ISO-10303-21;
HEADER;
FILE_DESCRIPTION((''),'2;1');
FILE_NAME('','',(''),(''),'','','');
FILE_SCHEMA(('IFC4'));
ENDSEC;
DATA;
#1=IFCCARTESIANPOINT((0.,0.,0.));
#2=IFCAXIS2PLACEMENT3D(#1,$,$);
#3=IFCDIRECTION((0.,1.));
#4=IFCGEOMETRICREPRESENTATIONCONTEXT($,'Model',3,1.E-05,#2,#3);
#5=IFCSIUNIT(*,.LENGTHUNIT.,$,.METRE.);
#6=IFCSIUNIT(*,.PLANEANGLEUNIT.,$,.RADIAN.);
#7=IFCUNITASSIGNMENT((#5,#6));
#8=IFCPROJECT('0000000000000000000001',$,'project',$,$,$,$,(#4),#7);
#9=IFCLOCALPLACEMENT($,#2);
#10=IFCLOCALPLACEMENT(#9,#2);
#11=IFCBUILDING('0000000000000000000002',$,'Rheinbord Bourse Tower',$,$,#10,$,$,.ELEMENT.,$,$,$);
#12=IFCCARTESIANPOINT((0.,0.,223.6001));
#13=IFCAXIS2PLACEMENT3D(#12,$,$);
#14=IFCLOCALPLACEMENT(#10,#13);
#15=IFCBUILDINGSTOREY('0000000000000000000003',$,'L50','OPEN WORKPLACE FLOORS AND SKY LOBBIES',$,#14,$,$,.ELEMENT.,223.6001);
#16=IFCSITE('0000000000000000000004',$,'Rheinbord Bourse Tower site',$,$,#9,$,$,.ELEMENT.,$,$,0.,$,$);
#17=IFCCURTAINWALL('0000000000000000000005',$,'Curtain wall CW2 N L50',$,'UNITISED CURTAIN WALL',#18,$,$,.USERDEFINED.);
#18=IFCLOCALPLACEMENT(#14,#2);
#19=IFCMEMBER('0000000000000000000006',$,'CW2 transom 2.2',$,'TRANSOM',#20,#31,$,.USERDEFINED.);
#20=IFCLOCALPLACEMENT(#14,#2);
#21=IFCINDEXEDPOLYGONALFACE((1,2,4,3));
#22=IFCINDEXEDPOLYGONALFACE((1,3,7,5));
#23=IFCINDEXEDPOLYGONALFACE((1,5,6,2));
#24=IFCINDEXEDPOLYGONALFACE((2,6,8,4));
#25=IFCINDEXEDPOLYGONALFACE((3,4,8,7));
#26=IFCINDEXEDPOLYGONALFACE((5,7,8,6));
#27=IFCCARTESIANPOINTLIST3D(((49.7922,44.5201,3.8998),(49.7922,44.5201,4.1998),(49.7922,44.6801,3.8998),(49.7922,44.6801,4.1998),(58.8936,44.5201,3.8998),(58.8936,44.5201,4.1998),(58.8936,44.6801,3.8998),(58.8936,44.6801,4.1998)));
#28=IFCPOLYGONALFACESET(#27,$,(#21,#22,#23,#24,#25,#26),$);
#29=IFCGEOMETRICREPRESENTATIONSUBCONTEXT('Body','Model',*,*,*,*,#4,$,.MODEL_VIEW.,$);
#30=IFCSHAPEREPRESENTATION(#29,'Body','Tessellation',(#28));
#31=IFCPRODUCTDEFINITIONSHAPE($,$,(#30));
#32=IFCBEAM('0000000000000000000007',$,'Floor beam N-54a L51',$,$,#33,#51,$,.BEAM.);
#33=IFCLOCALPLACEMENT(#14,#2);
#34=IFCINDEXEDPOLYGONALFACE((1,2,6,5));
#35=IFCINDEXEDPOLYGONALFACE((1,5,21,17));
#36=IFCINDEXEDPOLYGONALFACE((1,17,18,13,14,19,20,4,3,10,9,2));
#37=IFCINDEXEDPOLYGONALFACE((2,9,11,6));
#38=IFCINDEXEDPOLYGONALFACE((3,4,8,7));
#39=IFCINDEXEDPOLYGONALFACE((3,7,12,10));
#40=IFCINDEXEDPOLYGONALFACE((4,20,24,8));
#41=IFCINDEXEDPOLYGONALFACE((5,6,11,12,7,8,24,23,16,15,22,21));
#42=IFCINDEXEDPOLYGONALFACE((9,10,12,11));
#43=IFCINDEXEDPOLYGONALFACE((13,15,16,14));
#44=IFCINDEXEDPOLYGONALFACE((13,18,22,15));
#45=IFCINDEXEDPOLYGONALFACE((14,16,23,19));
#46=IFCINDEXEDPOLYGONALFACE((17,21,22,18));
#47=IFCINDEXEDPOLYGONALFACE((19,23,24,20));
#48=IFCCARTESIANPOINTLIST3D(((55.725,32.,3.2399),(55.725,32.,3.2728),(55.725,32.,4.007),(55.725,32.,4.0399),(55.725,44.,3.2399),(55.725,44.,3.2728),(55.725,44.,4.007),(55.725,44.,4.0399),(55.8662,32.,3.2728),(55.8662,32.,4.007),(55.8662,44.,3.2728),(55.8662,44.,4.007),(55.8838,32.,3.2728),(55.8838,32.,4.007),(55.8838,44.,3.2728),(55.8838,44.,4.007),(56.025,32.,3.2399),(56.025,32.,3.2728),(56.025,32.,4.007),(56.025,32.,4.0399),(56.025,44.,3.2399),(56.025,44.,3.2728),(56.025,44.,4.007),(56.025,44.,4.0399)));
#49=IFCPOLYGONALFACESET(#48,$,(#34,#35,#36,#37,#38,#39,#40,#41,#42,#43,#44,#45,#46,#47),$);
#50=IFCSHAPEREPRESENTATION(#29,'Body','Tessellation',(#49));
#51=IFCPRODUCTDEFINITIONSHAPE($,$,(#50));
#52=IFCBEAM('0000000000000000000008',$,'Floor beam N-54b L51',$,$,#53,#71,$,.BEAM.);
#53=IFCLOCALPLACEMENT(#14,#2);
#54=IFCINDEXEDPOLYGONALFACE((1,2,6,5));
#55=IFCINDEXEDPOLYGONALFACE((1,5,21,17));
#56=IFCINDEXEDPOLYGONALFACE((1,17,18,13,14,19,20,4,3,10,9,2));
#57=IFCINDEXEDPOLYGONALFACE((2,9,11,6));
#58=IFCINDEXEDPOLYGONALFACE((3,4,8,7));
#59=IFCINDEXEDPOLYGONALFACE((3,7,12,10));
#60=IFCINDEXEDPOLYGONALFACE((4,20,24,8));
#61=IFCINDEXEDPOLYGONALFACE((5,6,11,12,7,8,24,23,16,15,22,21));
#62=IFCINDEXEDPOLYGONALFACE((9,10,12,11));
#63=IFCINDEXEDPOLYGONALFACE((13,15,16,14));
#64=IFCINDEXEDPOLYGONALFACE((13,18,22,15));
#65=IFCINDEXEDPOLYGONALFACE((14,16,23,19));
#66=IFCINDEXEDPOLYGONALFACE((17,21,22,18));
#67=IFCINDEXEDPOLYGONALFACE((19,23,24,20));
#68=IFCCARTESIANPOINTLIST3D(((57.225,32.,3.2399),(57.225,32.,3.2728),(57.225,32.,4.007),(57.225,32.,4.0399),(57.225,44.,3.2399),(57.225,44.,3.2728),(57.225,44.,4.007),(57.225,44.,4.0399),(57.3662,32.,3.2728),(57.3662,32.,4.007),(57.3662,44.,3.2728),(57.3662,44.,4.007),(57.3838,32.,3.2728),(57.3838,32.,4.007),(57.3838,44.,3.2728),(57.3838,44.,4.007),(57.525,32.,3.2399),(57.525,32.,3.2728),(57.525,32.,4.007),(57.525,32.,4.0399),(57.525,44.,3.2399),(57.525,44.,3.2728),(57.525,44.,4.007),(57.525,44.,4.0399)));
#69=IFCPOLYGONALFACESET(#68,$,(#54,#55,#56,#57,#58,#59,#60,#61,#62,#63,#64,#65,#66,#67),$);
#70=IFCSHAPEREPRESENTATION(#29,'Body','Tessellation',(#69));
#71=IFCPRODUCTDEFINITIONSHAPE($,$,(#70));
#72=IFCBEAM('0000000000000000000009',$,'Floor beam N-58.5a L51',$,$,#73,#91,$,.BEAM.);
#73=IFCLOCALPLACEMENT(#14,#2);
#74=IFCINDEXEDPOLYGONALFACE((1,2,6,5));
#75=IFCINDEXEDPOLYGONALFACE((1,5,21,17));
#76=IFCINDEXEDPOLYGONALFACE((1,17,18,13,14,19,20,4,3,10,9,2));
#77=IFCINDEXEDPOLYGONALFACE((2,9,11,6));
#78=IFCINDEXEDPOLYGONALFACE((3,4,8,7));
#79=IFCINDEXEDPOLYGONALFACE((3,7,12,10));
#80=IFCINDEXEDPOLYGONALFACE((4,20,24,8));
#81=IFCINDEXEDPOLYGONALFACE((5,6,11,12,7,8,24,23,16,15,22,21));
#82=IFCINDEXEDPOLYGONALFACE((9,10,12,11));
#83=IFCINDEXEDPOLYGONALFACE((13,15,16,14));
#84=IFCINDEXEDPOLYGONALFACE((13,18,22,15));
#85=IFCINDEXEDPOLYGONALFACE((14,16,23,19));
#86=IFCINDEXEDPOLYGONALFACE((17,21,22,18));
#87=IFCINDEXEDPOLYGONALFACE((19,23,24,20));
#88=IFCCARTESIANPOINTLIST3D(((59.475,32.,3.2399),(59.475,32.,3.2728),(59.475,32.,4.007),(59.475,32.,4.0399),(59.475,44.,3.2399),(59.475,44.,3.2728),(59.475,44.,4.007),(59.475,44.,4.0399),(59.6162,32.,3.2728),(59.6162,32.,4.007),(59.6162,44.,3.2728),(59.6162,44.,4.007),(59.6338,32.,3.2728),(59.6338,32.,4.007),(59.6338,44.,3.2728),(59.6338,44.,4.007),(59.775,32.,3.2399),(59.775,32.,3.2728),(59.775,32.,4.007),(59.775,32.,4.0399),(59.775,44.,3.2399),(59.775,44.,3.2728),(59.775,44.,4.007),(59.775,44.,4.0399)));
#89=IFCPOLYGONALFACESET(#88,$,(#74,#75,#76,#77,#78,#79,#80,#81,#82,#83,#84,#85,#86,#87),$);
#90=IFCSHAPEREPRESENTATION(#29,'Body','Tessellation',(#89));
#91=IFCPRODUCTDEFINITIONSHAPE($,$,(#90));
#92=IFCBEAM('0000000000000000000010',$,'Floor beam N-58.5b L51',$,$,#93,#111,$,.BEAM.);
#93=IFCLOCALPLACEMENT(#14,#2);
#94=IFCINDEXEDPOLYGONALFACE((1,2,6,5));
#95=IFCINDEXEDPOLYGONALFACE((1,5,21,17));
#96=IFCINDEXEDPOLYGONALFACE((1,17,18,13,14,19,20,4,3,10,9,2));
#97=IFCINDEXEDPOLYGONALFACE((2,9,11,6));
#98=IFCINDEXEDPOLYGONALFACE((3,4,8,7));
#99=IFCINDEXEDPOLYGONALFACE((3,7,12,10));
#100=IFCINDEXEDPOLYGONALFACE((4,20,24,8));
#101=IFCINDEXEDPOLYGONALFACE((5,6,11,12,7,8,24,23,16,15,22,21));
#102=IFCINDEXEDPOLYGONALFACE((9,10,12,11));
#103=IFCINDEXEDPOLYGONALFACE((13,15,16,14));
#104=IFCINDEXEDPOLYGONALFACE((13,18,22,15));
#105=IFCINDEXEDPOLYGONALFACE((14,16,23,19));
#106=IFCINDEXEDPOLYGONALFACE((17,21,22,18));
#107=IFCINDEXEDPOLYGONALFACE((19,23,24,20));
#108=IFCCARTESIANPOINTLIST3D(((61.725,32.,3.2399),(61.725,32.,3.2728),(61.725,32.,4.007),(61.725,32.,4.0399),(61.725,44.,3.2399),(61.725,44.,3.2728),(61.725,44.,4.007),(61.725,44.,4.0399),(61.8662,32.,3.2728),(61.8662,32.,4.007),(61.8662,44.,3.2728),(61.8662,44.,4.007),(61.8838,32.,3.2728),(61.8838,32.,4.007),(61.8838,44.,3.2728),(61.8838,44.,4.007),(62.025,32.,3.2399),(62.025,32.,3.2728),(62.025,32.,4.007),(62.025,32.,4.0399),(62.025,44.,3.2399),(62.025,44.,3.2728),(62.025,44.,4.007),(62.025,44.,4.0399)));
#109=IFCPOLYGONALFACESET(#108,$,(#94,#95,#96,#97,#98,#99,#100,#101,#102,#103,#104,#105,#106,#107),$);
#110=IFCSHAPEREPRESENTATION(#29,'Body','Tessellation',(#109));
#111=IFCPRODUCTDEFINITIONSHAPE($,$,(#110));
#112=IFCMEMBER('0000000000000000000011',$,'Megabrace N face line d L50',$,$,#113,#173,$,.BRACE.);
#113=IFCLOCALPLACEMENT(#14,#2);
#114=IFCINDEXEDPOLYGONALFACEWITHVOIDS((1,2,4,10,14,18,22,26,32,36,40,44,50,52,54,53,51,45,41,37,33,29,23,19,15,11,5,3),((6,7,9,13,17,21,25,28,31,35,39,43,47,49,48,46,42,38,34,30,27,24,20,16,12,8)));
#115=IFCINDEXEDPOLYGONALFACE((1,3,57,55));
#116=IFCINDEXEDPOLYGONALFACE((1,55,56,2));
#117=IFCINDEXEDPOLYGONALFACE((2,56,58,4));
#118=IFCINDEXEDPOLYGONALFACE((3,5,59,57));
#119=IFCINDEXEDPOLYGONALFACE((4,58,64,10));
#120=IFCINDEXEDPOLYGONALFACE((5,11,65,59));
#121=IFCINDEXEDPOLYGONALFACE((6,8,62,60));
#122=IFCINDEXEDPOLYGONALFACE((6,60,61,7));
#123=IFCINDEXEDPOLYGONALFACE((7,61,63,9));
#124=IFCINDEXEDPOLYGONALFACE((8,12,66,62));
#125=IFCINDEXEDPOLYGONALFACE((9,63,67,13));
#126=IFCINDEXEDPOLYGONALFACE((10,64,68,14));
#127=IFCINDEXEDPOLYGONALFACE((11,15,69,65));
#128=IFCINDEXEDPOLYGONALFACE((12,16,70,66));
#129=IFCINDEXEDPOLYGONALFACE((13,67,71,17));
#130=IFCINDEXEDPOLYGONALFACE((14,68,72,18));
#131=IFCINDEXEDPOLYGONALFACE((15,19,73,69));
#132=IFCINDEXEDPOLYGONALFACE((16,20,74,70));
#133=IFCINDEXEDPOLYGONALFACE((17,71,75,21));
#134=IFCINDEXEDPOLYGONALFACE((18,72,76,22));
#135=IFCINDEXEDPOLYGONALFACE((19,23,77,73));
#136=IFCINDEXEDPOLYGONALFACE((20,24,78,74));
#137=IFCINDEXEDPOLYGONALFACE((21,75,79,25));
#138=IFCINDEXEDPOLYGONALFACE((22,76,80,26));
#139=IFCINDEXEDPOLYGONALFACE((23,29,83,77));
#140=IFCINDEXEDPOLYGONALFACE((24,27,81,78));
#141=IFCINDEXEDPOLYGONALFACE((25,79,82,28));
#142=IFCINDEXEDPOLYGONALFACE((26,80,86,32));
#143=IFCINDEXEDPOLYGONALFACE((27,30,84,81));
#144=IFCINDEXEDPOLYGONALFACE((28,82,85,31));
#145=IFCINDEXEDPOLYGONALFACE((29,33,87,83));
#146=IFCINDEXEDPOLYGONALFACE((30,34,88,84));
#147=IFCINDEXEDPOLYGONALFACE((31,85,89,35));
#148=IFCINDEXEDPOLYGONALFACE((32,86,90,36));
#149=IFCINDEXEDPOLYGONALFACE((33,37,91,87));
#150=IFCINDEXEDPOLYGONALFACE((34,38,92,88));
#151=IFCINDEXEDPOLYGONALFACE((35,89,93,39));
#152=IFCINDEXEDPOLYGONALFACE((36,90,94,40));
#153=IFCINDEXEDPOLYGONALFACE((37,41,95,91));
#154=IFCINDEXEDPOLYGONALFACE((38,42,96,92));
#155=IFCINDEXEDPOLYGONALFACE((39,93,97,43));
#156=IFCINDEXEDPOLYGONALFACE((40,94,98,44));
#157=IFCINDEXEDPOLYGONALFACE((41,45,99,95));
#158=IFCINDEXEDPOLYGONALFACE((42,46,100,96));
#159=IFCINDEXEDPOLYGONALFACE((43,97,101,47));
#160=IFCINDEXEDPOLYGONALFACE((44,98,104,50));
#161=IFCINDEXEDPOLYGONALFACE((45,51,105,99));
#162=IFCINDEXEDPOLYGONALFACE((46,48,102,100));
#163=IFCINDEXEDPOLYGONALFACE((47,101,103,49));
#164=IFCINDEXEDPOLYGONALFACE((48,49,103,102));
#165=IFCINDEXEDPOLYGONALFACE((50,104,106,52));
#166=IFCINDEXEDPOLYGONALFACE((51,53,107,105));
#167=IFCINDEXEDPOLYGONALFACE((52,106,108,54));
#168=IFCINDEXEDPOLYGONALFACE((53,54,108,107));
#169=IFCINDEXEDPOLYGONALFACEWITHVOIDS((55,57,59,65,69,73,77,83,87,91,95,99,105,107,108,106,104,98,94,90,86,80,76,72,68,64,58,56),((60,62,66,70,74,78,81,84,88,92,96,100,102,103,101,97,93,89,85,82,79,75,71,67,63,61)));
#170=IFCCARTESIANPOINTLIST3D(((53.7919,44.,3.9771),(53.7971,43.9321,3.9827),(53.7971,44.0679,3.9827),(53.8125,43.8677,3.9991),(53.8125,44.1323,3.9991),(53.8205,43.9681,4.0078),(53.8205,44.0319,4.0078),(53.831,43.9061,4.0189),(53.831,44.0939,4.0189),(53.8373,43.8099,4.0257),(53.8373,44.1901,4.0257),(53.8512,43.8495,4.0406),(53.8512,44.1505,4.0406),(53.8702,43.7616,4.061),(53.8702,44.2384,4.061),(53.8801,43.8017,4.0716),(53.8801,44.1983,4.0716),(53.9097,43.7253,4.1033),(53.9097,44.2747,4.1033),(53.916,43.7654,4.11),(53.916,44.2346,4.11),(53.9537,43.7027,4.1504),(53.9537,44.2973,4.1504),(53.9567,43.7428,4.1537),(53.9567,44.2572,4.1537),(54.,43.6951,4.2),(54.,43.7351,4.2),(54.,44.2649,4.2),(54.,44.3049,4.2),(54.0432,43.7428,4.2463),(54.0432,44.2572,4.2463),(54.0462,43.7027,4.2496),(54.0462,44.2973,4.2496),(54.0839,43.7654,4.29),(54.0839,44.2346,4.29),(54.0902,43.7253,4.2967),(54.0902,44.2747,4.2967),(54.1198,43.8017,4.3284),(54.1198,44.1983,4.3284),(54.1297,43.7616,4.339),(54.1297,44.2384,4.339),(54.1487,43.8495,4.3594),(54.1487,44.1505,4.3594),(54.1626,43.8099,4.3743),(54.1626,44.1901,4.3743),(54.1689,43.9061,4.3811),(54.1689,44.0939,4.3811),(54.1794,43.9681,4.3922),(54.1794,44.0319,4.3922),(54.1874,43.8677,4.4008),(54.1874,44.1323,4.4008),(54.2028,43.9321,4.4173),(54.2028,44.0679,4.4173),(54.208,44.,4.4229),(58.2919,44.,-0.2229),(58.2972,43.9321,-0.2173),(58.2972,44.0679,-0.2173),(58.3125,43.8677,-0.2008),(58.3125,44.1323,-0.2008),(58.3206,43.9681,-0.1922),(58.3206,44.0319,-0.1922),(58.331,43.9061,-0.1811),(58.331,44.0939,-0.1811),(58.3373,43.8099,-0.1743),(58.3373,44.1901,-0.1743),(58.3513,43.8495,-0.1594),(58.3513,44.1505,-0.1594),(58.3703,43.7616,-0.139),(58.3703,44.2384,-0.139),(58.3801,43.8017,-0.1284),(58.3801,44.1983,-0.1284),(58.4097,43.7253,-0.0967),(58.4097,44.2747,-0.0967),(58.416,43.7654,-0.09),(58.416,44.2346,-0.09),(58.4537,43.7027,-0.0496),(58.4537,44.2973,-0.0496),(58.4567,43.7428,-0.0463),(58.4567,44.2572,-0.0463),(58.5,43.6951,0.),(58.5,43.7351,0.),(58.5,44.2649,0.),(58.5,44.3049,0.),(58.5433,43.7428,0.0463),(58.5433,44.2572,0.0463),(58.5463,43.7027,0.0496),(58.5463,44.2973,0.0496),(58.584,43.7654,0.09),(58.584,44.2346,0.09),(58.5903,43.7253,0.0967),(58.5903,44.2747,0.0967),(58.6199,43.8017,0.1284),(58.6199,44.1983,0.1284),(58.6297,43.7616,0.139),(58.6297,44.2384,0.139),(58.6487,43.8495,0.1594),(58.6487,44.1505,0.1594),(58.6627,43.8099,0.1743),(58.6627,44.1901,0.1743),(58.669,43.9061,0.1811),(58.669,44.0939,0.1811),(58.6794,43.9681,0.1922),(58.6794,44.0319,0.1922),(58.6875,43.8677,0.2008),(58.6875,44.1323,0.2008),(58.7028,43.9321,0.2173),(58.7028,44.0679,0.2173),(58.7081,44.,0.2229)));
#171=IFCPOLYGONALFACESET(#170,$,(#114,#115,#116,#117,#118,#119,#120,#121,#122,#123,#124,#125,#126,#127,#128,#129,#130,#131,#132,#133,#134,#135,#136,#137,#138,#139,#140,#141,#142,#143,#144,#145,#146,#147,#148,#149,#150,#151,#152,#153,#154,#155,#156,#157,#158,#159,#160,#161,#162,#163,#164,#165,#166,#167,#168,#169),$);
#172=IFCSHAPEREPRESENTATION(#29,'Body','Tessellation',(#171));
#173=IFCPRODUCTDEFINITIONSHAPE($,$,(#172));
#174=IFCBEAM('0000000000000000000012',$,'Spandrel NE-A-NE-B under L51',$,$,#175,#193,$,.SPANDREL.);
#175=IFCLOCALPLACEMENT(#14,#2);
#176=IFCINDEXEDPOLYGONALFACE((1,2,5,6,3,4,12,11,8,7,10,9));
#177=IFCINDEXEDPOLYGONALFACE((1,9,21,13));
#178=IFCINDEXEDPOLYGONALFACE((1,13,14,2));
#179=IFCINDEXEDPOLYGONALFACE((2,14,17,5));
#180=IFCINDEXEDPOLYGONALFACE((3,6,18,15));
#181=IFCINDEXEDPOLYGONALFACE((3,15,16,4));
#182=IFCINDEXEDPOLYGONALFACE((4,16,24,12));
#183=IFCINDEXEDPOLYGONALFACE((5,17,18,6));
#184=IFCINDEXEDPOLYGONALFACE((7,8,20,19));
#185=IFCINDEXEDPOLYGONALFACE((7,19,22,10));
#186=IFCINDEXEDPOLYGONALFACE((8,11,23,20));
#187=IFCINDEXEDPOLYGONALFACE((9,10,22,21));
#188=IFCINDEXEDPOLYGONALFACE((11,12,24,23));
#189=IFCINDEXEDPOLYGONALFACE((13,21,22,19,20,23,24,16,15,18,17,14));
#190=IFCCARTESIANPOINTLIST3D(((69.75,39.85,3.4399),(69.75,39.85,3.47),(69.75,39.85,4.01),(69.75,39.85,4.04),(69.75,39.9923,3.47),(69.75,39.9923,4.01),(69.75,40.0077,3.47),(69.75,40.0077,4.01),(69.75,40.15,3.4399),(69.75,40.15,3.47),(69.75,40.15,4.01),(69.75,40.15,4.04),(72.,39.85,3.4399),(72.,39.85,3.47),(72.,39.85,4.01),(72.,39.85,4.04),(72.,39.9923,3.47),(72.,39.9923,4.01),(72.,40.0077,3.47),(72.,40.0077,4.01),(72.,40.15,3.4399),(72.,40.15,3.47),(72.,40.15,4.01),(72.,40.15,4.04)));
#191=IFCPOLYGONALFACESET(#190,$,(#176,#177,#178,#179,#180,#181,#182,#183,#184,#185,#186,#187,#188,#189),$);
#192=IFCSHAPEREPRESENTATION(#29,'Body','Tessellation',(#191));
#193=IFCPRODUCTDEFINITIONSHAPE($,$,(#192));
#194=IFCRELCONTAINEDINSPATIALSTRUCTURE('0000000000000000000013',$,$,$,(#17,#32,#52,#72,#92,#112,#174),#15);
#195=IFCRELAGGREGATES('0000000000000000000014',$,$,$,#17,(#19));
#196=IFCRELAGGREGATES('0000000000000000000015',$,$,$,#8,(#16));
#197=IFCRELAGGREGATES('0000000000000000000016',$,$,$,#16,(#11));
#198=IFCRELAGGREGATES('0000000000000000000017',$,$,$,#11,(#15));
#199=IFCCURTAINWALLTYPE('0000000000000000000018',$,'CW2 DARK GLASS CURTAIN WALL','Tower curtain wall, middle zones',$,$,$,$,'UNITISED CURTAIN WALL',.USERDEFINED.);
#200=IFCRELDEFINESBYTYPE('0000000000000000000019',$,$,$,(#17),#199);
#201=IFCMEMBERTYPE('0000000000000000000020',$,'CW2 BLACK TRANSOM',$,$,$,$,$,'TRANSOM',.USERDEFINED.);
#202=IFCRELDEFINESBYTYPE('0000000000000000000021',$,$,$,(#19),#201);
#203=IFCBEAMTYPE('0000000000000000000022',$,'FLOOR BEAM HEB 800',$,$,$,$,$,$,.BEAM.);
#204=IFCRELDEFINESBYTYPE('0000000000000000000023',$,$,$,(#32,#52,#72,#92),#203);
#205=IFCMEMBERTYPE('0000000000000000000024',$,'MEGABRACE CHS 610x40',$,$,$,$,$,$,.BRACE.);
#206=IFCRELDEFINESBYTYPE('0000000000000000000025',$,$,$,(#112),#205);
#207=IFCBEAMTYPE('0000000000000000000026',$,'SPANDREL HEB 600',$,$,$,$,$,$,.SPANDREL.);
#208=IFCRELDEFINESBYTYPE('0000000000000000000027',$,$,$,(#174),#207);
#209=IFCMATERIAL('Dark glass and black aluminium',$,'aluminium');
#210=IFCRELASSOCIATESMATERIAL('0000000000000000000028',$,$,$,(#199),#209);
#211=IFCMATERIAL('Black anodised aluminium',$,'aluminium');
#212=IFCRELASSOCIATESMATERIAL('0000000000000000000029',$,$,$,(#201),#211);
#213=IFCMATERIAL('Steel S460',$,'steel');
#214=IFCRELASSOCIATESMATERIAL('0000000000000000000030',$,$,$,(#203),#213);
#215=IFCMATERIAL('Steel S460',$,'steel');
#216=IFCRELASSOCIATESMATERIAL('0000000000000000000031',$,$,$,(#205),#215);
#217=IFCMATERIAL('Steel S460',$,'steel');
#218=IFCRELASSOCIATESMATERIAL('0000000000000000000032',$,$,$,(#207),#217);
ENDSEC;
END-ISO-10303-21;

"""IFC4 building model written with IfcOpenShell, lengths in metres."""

from ifc_helpers import new_model, si_unit, direction, frame, origin, origin_2d, place, context, subcontext, project, spatial, rectangle, hollow_circle, i_section, extrude, material, material_profile, profile_set, type_object, element, aggregate, save


model = new_model("IFC4")

# Units and contexts
model_context = context("Model", 3, precision=1e-05, world=origin(), true_north=direction((0.0, 1.0)))
body_context = subcontext(model_context, "Body", "Model", "MODEL_VIEW")
ifc_project = project(units=[si_unit("LENGTHUNIT", "METRE"), si_unit("PLANEANGLEUNIT", "RADIAN")], contexts=[model_context])

# Site, building, storey
site_placement = place(None, origin())
site = spatial("IfcSite", under=ifc_project, at=site_placement, Name="Rheinbord Bourse Tower site", CompositionType="ELEMENT", RefElevation=0.0)
building_placement = place(site_placement, origin())
building = spatial("IfcBuilding", under=site, at=building_placement, Name="Rheinbord Bourse Tower", CompositionType="ELEMENT")
storey_placement = place(building_placement, frame((0.0, 0.0, 223.6001)))
storey = spatial("IfcBuildingStorey", under=building, at=storey_placement, Name="L50", Description="OPEN WORKPLACE FLOORS AND SKY LOBBIES", CompositionType="ELEMENT", Elevation=223.6001)

# Curtain wall
ifc_material_1 = material(Name="Dark glass and black aluminium", Category="aluminium")
curtain_wall_type = type_object("IfcCurtainWallType", Name="CW2 DARK GLASS CURTAIN WALL", Description="Tower curtain wall, middle zones", ElementType="UNITISED CURTAIN WALL", PredefinedType="USERDEFINED", material=ifc_material_1)
curtain_wall_1_placement = place(storey_placement, origin())
curtain_wall_1 = element("IfcCurtainWall", 1, at=curtain_wall_1_placement, inside=storey, type_object=curtain_wall_type, Name="Curtain wall CW2 N L50", ObjectType="UNITISED CURTAIN WALL", PredefinedType="USERDEFINED")

# Member
ifc_material_2 = material(Name="Black anodised aluminium", Category="aluminium")
ifc_material_profile_1 = material_profile(ifc_material_2, rectangle(XDim=0.1599, YDim=0.3, at=origin_2d()), Name="CW2 TRANSOM 300x160")
ifc_profile_set_1 = profile_set([ifc_material_profile_1], Name="Black anodised aluminium")
member_type_1 = type_object("IfcMemberType", Name="CW2 BLACK TRANSOM", ElementType="TRANSOM", PredefinedType="USERDEFINED", material=ifc_profile_set_1)
member_1_placement = place(storey_placement, frame((58.8936, 44.6001, 4.0498), z_axis=(-1.0, 0.0, 0.0), x_axis=(0.0, -1.0, 0.0)))
member_1 = element("IfcMember", 2, at=member_1_placement, type_object=member_type_1, Name="CW2 transom 2.2", ObjectType="TRANSOM", PredefinedType="USERDEFINED", context=body_context, shape_type="SweptSolid", body=[
    extrude(rectangle(XDim=0.1599, YDim=0.3, at=origin_2d()), origin(), (0.0, 0.0, 1.0), 9.1013),
])

# Beams
ifc_material_3 = material(Name="Steel S460", Category="steel")
ifc_material_profile_2 = material_profile(ifc_material_3, i_section(OverallWidth=0.3, OverallDepth=0.8, WebThickness=0.0176, FlangeThickness=0.033, at=origin_2d()), Name="HEB 800")
ifc_profile_set_2 = profile_set([ifc_material_profile_2], Name="Steel S460")
beam_type_1 = type_object("IfcBeamType", Name="FLOOR BEAM HEB 800", PredefinedType="BEAM", material=ifc_profile_set_2)
for number, where, z_axis, x_axis, name in (
    (3, (55.875, 44.0, 3.6399), (0.0, -1.0, 0.0), (1.0, 0.0, 0.0), "Floor beam N-54a L51"),
    (4, (57.375, 44.0, 3.6399), (0.0, -1.0, 0.0), (1.0, 0.0, 0.0), "Floor beam N-54b L51"),
    (5, (59.625, 44.0, 3.6399), (0.0, -1.0, 0.0), (1.0, 0.0, 0.0), "Floor beam N-58.5a L51"),
    (6, (61.875, 44.0, 3.6399), (0.0, -1.0, 0.0), (1.0, 0.0, 0.0), "Floor beam N-58.5b L51"),
):
    element("IfcBeam", number, at=place(storey_placement, frame(where, z_axis=z_axis, x_axis=x_axis)), inside=storey, type_object=beam_type_1, Name=name, PredefinedType="BEAM", context=body_context, shape_type="SweptSolid", body=[
        extrude(i_section(OverallWidth=0.3, OverallDepth=0.8, WebThickness=0.0176, FlangeThickness=0.033, at=origin_2d()), origin(), (0.0, 0.0, 1.0), 12.0),
    ])

# Member
ifc_material_4 = material(Name="Steel S460", Category="steel")
ifc_material_profile_3 = material_profile(ifc_material_4, hollow_circle(Radius=0.3049, WallThickness=0.04, at=origin_2d()), Name="CHS 610x40")
ifc_profile_set_3 = profile_set([ifc_material_profile_3], Name="Steel S460")
member_type_2 = type_object("IfcMemberType", Name="MEGABRACE CHS 610x40", PredefinedType="BRACE", material=ifc_profile_set_3)
member_2_placement = place(storey_placement, frame((58.5, 44.0, 0.0), z_axis=(-0.731059, 0.0, 0.682314), x_axis=(0.0, -1.0, 0.0)))
element("IfcMember", 7, at=member_2_placement, inside=storey, type_object=member_type_2, Name="Megabrace N face line d L50", PredefinedType="BRACE", context=body_context, shape_type="SweptSolid", body=[
    extrude(hollow_circle(Radius=0.3049, WallThickness=0.04, at=origin_2d()), origin(), (0.0, 0.0, 1.0), 6.1555),
])

# Beam
ifc_material_5 = material(Name="Steel S460", Category="steel")
ifc_material_profile_4 = material_profile(ifc_material_5, i_section(OverallWidth=0.3, OverallDepth=0.6001, WebThickness=0.0154, FlangeThickness=0.03, at=origin_2d()), Name="HEB 600")
ifc_profile_set_4 = profile_set([ifc_material_profile_4], Name="Steel S460")
beam_type_2 = type_object("IfcBeamType", Name="SPANDREL HEB 600", PredefinedType="SPANDREL", material=ifc_profile_set_4)
for number, where, z_axis, x_axis, name in (
    (8, (72.0, 40.0, 3.74), (-1.0, 0.0, 0.0), (0.0, -1.0, 0.0), "Spandrel NE-A-NE-B under L51"),
):
    element("IfcBeam", number, at=place(storey_placement, frame(where, z_axis=z_axis, x_axis=x_axis)), inside=storey, type_object=beam_type_2, Name=name, PredefinedType="SPANDREL", context=body_context, shape_type="SweptSolid", body=[
        extrude(i_section(OverallWidth=0.3, OverallDepth=0.6001, WebThickness=0.0154, FlangeThickness=0.03, at=origin_2d()), origin(), (0.0, 0.0, 1.0), 2.25),
    ])

aggregate(curtain_wall_1, [member_1])

save(model, "model.ifc")
